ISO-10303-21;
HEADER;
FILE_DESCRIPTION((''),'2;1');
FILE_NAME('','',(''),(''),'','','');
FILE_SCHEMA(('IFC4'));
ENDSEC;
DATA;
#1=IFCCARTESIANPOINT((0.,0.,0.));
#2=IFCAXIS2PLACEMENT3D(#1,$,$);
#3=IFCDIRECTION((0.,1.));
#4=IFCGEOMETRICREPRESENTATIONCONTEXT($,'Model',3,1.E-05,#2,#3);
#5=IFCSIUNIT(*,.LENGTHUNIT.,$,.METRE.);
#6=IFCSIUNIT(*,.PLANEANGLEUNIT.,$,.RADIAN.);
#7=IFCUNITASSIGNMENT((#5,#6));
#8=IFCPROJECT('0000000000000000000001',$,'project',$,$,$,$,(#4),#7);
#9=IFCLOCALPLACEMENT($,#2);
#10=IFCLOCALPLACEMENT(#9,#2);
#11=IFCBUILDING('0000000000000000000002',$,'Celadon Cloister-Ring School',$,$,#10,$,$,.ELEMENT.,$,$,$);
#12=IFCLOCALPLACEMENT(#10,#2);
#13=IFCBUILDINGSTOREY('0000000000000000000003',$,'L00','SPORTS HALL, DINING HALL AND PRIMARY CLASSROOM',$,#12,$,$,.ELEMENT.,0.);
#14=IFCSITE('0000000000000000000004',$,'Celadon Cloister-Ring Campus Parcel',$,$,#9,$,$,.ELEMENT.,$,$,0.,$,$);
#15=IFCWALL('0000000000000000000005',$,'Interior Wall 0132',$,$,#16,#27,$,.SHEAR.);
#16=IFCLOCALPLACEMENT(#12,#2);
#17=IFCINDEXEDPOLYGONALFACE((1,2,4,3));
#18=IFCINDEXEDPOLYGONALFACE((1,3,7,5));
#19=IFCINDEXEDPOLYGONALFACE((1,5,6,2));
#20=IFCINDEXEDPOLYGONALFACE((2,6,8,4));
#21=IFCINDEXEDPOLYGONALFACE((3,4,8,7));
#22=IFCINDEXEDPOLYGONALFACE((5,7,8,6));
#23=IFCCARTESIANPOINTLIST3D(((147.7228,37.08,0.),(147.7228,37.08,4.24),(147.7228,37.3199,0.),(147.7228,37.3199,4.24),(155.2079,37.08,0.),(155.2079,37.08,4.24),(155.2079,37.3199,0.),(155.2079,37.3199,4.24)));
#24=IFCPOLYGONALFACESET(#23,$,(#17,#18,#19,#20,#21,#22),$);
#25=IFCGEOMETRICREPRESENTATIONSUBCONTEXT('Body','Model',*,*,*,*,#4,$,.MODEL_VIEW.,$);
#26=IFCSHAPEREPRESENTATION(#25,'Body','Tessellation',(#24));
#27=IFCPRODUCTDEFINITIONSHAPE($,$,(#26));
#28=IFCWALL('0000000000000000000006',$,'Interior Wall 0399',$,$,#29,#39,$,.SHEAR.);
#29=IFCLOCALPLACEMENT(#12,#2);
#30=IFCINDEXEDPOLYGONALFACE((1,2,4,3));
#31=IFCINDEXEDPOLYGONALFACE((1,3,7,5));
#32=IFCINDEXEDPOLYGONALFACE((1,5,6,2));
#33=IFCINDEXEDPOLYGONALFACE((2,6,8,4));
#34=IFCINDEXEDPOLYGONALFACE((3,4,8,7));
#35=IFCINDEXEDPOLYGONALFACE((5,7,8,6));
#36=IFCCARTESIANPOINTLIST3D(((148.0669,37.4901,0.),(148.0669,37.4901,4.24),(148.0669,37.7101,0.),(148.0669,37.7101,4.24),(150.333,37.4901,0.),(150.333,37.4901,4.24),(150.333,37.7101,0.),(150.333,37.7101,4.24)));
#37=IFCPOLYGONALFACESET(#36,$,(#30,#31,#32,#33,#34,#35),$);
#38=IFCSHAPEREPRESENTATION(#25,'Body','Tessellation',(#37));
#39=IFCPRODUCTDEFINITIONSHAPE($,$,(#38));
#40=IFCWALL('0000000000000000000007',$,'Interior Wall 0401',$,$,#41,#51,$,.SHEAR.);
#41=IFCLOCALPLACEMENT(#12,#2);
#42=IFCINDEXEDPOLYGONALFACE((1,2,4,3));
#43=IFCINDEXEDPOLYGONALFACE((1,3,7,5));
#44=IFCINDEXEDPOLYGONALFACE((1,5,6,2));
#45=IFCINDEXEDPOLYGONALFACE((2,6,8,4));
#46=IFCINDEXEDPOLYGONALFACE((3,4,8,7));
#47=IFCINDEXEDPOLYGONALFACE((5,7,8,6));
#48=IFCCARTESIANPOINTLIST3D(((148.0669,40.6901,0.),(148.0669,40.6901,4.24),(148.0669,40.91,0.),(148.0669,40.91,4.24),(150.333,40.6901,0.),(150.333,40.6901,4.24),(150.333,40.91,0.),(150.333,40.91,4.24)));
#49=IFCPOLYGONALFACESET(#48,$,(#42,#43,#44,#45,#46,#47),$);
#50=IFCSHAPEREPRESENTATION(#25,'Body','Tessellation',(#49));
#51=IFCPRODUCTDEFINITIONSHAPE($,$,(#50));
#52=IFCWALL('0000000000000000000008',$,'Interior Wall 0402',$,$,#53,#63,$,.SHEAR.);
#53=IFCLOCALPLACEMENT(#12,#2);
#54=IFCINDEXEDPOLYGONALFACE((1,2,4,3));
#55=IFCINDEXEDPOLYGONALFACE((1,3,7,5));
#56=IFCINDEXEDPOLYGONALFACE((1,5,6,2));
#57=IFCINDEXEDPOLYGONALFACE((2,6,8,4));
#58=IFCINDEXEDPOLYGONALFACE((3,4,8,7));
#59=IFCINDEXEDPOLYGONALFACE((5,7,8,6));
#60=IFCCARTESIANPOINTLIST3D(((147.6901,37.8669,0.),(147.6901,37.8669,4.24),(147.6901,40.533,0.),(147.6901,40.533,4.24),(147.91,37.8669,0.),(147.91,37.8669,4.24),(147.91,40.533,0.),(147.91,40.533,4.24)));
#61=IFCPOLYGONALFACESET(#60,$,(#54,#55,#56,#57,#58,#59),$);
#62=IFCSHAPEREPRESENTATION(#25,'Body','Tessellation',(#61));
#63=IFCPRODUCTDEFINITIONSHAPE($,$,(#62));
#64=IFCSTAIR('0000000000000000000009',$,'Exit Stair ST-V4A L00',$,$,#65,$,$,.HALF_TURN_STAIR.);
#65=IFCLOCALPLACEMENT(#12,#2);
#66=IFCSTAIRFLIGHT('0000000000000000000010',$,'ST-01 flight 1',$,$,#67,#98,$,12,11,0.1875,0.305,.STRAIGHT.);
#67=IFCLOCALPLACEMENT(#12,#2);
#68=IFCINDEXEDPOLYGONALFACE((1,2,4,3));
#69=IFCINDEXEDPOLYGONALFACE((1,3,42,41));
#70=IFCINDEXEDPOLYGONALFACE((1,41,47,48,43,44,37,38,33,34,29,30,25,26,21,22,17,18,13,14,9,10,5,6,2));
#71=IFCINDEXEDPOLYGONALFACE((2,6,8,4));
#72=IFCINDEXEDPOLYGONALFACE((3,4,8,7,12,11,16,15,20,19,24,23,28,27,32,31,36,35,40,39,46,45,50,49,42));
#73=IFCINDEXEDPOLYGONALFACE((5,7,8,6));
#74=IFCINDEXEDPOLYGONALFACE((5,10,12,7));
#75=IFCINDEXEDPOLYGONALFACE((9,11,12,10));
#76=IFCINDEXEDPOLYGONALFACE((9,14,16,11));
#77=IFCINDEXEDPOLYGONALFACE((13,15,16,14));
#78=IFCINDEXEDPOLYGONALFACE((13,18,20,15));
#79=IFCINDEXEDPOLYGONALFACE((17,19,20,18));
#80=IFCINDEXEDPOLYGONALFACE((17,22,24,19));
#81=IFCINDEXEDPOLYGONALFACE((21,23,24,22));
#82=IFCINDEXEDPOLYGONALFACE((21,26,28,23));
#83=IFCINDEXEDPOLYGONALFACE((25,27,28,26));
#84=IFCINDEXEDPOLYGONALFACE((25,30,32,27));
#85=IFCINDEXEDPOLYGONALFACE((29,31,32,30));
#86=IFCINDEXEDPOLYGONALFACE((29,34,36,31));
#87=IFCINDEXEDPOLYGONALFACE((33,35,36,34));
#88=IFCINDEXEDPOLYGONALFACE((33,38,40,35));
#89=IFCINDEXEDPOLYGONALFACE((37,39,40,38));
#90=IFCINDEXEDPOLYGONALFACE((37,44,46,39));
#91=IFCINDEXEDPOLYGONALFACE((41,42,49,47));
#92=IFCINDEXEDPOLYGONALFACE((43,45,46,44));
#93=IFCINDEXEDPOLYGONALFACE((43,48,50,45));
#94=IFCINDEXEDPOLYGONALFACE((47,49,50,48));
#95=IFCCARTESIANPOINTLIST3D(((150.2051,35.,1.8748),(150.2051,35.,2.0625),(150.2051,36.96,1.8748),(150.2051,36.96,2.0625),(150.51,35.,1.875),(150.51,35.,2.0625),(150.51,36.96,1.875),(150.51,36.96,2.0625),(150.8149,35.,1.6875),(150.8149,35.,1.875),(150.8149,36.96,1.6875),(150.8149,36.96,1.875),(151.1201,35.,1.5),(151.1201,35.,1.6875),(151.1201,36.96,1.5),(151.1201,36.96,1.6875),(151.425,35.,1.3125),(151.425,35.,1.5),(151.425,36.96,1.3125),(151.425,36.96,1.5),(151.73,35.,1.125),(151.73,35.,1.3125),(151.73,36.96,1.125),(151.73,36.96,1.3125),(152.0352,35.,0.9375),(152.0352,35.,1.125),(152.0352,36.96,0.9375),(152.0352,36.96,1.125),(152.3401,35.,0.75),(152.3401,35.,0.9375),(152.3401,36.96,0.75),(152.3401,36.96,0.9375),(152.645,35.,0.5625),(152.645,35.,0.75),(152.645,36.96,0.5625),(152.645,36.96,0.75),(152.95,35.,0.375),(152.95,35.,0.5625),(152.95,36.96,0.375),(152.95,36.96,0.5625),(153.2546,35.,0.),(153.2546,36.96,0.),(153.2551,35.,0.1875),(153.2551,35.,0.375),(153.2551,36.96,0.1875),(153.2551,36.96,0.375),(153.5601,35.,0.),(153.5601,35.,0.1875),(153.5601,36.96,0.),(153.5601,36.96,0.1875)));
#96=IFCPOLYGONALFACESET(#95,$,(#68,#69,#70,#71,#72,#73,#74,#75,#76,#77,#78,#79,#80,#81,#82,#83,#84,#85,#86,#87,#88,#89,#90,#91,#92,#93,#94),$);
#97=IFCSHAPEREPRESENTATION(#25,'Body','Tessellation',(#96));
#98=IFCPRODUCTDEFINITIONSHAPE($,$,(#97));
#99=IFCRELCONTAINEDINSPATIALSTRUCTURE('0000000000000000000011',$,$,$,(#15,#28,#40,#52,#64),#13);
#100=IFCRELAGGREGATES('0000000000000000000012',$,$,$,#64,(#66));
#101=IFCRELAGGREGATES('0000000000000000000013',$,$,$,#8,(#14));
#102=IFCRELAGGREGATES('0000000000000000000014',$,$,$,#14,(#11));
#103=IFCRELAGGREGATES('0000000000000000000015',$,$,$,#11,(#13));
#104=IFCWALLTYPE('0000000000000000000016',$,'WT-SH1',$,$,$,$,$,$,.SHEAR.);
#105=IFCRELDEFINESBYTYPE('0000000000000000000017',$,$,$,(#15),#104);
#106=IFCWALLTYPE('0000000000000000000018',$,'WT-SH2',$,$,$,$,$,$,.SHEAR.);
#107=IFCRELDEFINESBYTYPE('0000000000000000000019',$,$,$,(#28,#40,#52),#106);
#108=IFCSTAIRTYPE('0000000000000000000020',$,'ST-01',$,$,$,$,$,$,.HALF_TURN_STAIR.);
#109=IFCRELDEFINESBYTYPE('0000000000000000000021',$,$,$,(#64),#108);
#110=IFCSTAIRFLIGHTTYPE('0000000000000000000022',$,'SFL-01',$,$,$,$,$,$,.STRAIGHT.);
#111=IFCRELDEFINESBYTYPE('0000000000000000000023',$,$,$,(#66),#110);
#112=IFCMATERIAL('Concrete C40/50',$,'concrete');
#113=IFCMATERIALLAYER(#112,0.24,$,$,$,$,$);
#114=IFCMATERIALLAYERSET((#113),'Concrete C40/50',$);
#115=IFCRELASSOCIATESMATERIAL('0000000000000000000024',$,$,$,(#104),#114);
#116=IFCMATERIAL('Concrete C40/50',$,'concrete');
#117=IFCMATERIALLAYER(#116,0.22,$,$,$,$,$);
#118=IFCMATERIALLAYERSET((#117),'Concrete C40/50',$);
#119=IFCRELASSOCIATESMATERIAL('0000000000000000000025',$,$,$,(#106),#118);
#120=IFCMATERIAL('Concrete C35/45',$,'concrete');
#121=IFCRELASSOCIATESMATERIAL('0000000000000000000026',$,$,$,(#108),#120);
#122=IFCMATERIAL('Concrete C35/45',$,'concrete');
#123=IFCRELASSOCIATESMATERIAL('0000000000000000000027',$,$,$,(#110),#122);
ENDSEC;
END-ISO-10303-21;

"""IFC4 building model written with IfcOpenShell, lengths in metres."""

from ifc_helpers import new_model, si_unit, direction, frame, frame_2d, origin, place, context, subcontext, project, spatial, polyline, rectangle, outline, extrude, material, layer, layer_set, type_object, element, aggregate, save


model = new_model("IFC4")

# Units and contexts
model_context = context("Model", 3, precision=1e-05, world=origin(), true_north=direction((0.0, 1.0)))
body_context = subcontext(model_context, "Body", "Model", "MODEL_VIEW")
ifc_project = project(units=[si_unit("LENGTHUNIT", "METRE"), si_unit("PLANEANGLEUNIT", "RADIAN")], contexts=[model_context])

# Site, building, storey
site_placement = place(None, origin())
site = spatial("IfcSite", under=ifc_project, at=site_placement, Name="Celadon Cloister-Ring Campus Parcel", CompositionType="ELEMENT", RefElevation=0.0)
building_placement = place(site_placement, origin())
building = spatial("IfcBuilding", under=site, at=building_placement, Name="Celadon Cloister-Ring School", CompositionType="ELEMENT")
storey_placement = place(building_placement, origin())
storey = spatial("IfcBuildingStorey", under=building, at=storey_placement, Name="L00", Description="SPORTS HALL, DINING HALL AND PRIMARY CLASSROOM", CompositionType="ELEMENT", Elevation=0.0)

# Shared definitions
ifc_material_1 = material(Name="Concrete C40/50", Category="concrete")
ifc_layer_1 = layer(ifc_material_1, 0.24)
ifc_layer_set_1 = layer_set([ifc_layer_1], Name="Concrete C40/50")
wall_type_1 = type_object("IfcWallType", Name="WT-SH1", PredefinedType="SHEAR", material=ifc_layer_set_1)

# Walls
wall_1_placement = place(storey_placement, frame((155.208, 37.2, 0.0), z_axis=(0.0, 0.0, 1.0), x_axis=(-1.0, 0.0, 0.0)))
element("IfcWall", 1, at=wall_1_placement, inside=storey, type_object=wall_type_1, Name="Interior Wall 0132", PredefinedType="SHEAR", context=body_context, shape_type="SweptSolid", body=[
    extrude(rectangle(XDim=7.4851, YDim=0.24, at=frame_2d((3.7427, 0.0))), origin(), (0.0, 0.0, 1.0), 4.24),
])
ifc_material_2 = material(Name="Concrete C40/50", Category="concrete")
ifc_layer_2 = layer(ifc_material_2, 0.22)
ifc_layer_set_2 = layer_set([ifc_layer_2], Name="Concrete C40/50")
wall_type_2 = type_object("IfcWallType", Name="WT-SH2", PredefinedType="SHEAR", material=ifc_layer_set_2)
wall_2_placement = place(storey_placement, frame((148.0669, 37.6001, 0.0), z_axis=(0.0, 0.0, 1.0), x_axis=(1.0, 0.0, 0.0)))
element("IfcWall", 2, at=wall_2_placement, inside=storey, type_object=wall_type_2, Name="Interior Wall 0399", PredefinedType="SHEAR", context=body_context, shape_type="SweptSolid", body=[
    extrude(rectangle(XDim=2.2661, YDim=0.22, at=frame_2d((1.1331, 0.0))), origin(), (0.0, 0.0, 1.0), 4.24),
])

# Walls
wall_3_placement = place(storey_placement, frame((150.333, 40.8, 0.0), z_axis=(0.0, 0.0, 1.0), x_axis=(-1.0, 0.0, 0.0)))
element("IfcWall", 3, at=wall_3_placement, inside=storey, type_object=wall_type_2, Name="Interior Wall 0401", PredefinedType="SHEAR", context=body_context, shape_type="SweptSolid", body=[
    extrude(rectangle(XDim=2.2661, YDim=0.22, at=frame_2d((1.1331, 0.0))), origin(), (0.0, 0.0, 1.0), 4.24),
])
wall_4_placement = place(storey_placement, frame((147.8, 40.533, 0.0), z_axis=(0.0, 0.0, 1.0), x_axis=(0.0, -1.0, 0.0)))
element("IfcWall", 4, at=wall_4_placement, inside=storey, type_object=wall_type_2, Name="Interior Wall 0402", PredefinedType="SHEAR", context=body_context, shape_type="SweptSolid", body=[
    extrude(rectangle(XDim=2.666, YDim=0.22, at=frame_2d((1.333, 0.0))), origin(), (0.0, 0.0, 1.0), 4.24),
])

# Stair, stair flight
ifc_material_3 = material(Name="Concrete C35/45", Category="concrete")
stair_type = type_object("IfcStairType", Name="ST-01", PredefinedType="HALF_TURN_STAIR", material=ifc_material_3)
stair_placement = place(storey_placement, origin())
stair = element("IfcStair", 5, at=stair_placement, inside=storey, type_object=stair_type, Name="Exit Stair ST-V4A L00", PredefinedType="HALF_TURN_STAIR")
ifc_material_4 = material(Name="Concrete C35/45", Category="concrete")
stair_flight_type = type_object("IfcStairFlightType", Name="SFL-01", PredefinedType="STRAIGHT", material=ifc_material_4)
stair_flight_placement = place(storey_placement, frame((153.5601, 35.98, 0.0), z_axis=(0.0, 0.0, 1.0), x_axis=(-1.0, 0.0, 0.0)))
stair_flight = element("IfcStairFlight", 6, at=stair_flight_placement, type_object=stair_flight_type, Name="ST-01 flight 1", NumberOfRisers=12, NumberOfTreads=11, PredefinedType="STRAIGHT", RiserHeight=0.1875, TreadLength=0.305, context=body_context, shape_type="SweptSolid", body=[
    extrude(outline(polyline([(0.0, 0.0), (0.0, 0.1875), (0.3049, 0.1875), (0.3049, 0.375), (0.6101, 0.375), (0.6101, 0.5625), (0.915, 0.5625), (0.915, 0.75), (1.22, 0.75), (1.22, 0.9375), (1.5249, 0.9375), (1.5249, 1.125), (1.8301, 1.125), (1.8301, 1.3125), (2.135, 1.3125), (2.135, 1.5), (2.4399, 1.5), (2.4399, 1.6875), (2.7451, 1.6875), (2.7451, 1.875), (3.05, 1.875), (3.05, 2.0625), (3.355, 2.0625), (3.355, 2.25), (3.355, 1.8748), (0.3054, 0.0), (0.0, 0.0)])), frame((0.0, 0.98, 0.0), z_axis=(0.0, -1.0, 0.0), x_axis=(1.0, 0.0, 0.0)), (0.0, 0.0, 1.0), 1.96),
])
aggregate(stair, [stair_flight])

save(model, "model.ifc")
